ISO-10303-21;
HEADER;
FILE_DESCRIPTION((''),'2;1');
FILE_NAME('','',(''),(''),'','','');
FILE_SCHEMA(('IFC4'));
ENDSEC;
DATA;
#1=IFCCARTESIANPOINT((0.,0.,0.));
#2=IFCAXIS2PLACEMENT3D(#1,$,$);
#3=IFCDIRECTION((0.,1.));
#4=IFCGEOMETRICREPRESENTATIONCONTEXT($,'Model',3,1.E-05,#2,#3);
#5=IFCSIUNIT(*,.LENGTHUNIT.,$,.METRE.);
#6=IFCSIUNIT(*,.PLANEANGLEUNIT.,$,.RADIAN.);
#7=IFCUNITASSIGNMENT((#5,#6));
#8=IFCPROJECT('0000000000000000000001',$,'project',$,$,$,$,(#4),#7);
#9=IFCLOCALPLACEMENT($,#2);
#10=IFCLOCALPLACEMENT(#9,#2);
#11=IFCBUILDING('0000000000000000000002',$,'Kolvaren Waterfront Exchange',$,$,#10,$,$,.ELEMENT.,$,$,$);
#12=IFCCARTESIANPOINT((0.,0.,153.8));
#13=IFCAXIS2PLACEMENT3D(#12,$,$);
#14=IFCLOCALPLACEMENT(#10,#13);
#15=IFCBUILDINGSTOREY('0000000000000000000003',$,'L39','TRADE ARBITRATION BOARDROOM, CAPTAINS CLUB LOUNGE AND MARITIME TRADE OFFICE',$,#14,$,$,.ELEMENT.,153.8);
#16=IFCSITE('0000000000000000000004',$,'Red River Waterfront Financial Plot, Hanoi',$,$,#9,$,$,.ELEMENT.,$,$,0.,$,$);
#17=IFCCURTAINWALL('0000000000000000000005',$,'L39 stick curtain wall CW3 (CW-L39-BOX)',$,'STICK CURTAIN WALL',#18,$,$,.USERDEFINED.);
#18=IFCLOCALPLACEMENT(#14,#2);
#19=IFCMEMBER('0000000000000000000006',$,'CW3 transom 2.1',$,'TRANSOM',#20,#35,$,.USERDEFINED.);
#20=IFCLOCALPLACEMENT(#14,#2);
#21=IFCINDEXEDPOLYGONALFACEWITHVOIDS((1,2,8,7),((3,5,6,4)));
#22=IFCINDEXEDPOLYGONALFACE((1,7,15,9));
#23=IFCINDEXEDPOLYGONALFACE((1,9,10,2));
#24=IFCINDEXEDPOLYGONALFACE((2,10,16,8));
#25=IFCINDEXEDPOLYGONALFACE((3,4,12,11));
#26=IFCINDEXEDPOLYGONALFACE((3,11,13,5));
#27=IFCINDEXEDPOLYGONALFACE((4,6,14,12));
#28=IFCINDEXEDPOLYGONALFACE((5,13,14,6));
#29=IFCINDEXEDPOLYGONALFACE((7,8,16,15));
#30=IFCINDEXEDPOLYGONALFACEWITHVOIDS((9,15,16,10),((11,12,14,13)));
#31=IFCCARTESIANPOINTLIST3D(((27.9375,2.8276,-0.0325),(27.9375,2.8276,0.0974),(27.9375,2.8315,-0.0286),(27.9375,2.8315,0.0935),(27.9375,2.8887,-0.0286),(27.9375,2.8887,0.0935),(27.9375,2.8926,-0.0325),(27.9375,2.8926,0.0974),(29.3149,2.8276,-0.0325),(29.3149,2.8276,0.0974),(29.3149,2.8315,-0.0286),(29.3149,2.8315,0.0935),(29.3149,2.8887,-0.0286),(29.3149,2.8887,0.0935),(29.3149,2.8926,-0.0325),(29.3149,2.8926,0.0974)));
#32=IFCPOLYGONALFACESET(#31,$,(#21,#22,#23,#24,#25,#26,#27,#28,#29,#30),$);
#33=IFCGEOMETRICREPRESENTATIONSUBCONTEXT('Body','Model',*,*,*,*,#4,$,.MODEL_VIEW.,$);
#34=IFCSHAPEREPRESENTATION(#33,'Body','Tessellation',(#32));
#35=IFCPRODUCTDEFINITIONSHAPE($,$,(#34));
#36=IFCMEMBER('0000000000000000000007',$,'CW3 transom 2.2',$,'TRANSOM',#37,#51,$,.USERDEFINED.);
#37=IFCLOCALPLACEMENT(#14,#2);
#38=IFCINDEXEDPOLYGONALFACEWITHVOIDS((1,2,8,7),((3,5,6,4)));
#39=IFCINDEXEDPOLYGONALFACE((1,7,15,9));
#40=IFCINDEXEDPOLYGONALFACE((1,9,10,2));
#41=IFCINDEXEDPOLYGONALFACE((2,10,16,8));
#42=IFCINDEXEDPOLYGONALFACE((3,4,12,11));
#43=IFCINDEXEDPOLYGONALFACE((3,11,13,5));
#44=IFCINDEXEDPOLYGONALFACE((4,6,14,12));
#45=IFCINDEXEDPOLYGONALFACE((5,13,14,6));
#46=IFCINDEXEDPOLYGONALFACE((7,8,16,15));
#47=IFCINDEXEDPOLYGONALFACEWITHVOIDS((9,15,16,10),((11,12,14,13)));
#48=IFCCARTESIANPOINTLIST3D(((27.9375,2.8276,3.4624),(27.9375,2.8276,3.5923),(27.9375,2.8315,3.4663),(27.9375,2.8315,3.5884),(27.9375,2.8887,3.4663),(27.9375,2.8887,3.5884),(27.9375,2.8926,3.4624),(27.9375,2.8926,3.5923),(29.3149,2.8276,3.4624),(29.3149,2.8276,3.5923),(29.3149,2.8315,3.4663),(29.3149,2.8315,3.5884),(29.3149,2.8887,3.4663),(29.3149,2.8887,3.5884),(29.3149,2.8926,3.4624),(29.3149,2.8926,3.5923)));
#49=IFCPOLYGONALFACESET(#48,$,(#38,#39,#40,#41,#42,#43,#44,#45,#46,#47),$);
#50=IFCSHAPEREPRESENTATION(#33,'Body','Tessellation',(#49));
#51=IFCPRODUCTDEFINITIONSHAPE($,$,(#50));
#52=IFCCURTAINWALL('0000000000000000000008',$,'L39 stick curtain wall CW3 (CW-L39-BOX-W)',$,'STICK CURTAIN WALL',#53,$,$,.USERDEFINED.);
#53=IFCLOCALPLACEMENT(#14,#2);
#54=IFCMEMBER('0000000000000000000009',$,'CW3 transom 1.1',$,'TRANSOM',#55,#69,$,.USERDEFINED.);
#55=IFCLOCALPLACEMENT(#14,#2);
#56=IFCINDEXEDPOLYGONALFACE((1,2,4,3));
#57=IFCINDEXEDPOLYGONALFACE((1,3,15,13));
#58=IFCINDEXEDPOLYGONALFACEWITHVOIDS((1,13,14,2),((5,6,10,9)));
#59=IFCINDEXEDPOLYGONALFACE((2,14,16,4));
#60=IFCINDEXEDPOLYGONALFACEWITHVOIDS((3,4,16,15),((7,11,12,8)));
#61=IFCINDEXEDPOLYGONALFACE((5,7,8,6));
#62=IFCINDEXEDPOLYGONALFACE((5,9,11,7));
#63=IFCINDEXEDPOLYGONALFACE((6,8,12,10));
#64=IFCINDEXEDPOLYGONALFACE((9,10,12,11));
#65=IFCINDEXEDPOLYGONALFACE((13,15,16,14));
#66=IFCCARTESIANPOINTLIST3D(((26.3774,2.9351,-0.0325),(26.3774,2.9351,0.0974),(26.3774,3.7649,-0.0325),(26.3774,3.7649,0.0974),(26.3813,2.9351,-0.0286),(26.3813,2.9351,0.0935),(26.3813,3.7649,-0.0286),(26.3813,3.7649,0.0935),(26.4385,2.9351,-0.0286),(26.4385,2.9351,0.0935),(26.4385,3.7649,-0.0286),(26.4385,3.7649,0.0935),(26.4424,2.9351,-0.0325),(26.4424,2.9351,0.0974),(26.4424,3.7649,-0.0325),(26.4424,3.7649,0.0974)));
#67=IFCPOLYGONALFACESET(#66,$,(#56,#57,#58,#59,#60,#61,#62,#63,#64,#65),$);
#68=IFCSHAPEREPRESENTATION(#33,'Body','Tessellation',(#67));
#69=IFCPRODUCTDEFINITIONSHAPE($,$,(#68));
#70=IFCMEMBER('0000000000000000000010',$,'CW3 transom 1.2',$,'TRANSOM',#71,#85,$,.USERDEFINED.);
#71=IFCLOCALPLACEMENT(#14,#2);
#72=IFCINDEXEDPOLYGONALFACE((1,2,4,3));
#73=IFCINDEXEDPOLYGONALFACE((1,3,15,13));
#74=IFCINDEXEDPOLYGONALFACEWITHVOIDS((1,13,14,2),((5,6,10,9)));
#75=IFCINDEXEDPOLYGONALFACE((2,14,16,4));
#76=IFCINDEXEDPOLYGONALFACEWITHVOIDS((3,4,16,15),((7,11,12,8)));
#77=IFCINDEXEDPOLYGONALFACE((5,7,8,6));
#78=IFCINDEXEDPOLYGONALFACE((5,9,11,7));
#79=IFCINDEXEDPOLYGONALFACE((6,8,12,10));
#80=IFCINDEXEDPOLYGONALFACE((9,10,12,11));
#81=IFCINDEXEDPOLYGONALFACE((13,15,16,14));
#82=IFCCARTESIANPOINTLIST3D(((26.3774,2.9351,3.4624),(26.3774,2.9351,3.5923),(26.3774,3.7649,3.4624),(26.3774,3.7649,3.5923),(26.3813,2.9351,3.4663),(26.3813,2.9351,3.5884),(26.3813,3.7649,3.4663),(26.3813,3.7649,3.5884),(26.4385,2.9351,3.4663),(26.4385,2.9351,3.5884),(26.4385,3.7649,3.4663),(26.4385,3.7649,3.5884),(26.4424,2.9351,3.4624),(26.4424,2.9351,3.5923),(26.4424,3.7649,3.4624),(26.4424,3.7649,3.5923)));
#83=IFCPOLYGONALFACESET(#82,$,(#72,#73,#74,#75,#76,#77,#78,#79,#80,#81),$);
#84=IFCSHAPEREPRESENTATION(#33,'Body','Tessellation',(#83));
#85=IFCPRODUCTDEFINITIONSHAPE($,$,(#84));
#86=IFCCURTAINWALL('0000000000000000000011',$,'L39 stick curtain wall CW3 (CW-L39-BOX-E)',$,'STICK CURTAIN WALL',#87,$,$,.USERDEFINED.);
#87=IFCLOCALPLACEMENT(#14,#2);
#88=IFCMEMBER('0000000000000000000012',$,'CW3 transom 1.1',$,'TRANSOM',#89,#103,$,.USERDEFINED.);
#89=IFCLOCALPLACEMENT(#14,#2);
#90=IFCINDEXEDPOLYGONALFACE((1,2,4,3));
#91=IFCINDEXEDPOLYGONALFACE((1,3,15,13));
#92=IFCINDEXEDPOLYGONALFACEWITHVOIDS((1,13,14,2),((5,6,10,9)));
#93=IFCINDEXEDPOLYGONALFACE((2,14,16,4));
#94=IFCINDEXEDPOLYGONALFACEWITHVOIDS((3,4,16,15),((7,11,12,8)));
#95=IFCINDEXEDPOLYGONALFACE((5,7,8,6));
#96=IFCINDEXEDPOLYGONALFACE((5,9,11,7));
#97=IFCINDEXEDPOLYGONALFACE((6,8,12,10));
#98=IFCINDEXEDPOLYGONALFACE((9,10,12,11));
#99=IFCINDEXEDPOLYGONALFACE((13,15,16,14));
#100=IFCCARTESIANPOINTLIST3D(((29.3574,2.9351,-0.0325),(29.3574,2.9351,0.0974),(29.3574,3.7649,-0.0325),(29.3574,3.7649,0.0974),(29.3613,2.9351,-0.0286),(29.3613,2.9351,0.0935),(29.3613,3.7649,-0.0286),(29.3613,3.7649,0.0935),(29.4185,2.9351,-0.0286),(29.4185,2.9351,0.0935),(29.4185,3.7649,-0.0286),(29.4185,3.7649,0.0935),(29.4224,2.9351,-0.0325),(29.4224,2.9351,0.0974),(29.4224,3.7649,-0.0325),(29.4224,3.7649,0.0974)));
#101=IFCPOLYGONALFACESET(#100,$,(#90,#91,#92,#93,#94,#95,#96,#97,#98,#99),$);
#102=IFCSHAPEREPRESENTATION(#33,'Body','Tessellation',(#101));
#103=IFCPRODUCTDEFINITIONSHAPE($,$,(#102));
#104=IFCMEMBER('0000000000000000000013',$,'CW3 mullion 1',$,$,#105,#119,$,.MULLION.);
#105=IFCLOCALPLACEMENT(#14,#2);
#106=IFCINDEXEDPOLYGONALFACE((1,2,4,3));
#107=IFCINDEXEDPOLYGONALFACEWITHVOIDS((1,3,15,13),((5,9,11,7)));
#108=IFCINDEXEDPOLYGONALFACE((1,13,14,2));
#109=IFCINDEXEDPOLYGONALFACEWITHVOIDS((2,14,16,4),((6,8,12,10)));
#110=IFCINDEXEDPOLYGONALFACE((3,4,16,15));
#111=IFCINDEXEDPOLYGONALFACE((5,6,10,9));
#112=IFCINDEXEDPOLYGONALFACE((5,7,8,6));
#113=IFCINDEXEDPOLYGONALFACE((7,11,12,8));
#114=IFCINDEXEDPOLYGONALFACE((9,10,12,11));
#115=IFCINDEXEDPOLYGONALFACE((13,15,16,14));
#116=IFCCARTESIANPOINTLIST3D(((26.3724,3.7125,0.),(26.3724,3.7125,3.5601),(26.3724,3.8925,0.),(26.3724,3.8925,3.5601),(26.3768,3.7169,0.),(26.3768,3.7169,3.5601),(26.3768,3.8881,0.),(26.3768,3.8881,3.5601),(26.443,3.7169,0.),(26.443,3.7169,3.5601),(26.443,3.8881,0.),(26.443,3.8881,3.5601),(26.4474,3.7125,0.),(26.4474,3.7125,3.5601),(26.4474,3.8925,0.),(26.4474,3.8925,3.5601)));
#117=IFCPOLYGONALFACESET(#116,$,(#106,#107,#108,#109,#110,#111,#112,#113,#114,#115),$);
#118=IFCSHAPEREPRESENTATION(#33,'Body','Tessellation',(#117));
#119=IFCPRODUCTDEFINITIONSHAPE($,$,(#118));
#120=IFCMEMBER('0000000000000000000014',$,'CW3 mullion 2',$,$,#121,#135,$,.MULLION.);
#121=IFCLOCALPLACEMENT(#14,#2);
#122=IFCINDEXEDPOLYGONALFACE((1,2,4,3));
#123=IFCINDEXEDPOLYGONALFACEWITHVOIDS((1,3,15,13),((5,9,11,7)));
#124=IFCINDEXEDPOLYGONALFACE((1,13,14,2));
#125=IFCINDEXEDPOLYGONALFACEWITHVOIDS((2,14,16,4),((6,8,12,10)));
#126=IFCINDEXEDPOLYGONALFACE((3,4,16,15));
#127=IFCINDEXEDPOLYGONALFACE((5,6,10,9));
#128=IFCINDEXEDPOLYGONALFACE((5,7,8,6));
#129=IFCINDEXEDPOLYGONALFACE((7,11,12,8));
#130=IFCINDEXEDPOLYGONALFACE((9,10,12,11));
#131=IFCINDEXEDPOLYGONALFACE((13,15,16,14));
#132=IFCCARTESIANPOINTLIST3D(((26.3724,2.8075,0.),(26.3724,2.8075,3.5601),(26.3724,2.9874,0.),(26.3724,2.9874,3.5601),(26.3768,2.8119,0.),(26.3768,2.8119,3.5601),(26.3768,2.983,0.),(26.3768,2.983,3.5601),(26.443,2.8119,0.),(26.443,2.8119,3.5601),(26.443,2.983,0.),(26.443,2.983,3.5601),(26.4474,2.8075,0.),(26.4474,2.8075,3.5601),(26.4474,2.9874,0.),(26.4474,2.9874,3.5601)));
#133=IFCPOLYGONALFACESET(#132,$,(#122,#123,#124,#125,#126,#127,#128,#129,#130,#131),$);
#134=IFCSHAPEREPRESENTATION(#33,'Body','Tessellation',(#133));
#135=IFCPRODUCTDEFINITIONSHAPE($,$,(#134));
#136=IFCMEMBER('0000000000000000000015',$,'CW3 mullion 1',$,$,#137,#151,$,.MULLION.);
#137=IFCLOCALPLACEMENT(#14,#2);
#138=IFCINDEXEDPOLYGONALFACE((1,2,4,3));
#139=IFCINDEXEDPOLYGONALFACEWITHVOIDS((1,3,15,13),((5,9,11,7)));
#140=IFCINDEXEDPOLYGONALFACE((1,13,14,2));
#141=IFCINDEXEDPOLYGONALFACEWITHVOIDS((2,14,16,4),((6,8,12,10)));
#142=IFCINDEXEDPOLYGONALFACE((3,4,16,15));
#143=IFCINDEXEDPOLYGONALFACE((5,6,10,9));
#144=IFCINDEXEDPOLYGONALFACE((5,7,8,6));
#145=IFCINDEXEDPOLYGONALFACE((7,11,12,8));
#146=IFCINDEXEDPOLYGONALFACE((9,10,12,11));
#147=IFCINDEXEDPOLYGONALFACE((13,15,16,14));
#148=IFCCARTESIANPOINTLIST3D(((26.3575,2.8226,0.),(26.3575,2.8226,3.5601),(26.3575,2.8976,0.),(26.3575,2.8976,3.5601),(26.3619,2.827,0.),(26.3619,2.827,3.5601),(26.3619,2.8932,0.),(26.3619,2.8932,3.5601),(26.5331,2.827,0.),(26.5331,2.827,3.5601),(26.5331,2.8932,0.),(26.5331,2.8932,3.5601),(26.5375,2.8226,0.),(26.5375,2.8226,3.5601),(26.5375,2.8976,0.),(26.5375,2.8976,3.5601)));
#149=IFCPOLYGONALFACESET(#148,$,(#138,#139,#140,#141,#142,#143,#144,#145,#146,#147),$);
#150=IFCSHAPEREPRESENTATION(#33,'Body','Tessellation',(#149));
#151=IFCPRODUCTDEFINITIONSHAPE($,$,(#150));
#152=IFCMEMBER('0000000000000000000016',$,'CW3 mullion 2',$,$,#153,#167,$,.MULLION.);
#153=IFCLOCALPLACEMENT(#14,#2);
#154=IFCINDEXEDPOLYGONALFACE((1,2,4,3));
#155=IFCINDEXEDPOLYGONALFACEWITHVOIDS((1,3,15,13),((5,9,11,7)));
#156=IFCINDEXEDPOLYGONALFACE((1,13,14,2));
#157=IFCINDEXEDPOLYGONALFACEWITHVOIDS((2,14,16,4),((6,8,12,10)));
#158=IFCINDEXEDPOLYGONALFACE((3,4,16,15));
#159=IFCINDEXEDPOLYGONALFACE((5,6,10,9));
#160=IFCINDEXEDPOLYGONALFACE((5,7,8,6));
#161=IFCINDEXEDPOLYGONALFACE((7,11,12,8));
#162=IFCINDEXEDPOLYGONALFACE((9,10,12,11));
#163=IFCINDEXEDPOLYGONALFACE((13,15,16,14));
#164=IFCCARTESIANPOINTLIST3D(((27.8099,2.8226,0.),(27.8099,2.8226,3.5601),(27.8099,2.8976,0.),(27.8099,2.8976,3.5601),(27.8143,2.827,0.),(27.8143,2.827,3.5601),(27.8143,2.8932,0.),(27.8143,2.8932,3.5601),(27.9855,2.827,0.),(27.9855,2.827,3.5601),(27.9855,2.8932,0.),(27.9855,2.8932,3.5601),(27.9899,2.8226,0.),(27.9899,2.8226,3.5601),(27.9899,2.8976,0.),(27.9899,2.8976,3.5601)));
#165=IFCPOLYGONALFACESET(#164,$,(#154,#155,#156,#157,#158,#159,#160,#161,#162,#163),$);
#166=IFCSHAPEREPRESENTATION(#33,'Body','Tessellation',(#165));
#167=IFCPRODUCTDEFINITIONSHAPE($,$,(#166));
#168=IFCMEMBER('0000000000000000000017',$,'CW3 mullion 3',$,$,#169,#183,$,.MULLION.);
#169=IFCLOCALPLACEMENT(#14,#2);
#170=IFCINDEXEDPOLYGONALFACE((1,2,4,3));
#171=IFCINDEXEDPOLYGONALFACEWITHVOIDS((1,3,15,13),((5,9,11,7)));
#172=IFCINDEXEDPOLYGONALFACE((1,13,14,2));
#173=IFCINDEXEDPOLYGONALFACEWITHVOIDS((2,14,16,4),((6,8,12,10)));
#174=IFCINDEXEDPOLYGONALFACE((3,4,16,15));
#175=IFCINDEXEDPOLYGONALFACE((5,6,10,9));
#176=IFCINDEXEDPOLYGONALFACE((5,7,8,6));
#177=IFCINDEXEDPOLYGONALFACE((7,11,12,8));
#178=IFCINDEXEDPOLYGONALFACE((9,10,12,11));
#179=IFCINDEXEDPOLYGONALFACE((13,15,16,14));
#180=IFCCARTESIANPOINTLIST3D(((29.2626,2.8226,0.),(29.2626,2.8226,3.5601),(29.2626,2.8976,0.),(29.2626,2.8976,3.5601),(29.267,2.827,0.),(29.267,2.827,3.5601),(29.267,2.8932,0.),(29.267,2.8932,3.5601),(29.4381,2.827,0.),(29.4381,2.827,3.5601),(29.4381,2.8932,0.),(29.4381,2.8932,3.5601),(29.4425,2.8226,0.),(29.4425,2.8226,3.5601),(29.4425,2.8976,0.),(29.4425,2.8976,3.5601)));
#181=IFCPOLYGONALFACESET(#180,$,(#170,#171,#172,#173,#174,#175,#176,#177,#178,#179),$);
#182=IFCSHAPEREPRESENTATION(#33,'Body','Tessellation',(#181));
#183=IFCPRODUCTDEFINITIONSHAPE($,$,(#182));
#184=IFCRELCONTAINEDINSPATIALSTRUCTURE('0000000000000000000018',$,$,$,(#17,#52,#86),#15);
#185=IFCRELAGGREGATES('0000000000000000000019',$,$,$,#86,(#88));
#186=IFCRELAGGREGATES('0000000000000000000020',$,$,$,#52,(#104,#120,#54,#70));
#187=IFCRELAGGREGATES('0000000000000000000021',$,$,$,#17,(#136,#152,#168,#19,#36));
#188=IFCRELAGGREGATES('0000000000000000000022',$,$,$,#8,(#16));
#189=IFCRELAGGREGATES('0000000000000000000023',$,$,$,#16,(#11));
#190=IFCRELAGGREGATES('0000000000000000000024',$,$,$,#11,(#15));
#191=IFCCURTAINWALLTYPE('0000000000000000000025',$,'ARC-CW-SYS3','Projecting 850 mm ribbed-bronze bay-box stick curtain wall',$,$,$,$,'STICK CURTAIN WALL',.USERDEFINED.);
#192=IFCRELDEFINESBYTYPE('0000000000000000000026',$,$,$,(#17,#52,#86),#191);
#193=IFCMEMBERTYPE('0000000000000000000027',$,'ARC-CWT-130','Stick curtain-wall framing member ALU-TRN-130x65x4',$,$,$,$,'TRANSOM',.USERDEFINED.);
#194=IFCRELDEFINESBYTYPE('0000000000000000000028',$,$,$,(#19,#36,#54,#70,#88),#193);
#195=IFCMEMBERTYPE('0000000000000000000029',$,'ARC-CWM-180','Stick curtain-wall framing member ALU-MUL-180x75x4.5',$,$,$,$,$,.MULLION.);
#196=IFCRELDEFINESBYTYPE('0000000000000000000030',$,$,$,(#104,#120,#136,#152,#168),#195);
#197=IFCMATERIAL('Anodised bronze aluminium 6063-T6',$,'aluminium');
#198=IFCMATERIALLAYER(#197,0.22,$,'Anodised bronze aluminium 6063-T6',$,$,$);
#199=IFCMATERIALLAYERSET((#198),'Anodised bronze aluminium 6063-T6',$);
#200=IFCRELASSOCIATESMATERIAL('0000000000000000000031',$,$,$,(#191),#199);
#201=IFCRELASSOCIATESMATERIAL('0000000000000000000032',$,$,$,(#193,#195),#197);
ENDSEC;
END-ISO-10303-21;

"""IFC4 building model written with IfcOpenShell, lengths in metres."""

from ifc_helpers import new_model, si_unit, direction, frame, origin, origin_with_axes, origin_2d, place, context, subcontext, project, spatial, hollow_rectangle, extrude, source, transform, mapped, material, layer, layer_set, material_profile, profile_set, type_object, element, aggregate, save


model = new_model("IFC4")

# Units and contexts
model_context = context("Model", 3, precision=1e-05, world=origin(), true_north=direction((0.0, 1.0)))
body_context = subcontext(model_context, "Body", "Model", "MODEL_VIEW")
ifc_project = project(units=[si_unit("LENGTHUNIT", "METRE"), si_unit("PLANEANGLEUNIT", "RADIAN")], contexts=[model_context])

# Site, building, storey
site_placement = place(None, origin())
site = spatial("IfcSite", under=ifc_project, at=site_placement, Name="Red River Waterfront Financial Plot, Hanoi", CompositionType="ELEMENT", RefElevation=0.0)
building_placement = place(site_placement, origin())
building = spatial("IfcBuilding", under=site, at=building_placement, Name="Kolvaren Waterfront Exchange", CompositionType="ELEMENT")
storey_placement = place(building_placement, frame((0.0, 0.0, 153.8)))
storey = spatial("IfcBuildingStorey", under=building, at=storey_placement, Name="L39", Description="TRADE ARBITRATION BOARDROOM, CAPTAINS CLUB LOUNGE AND MARITIME TRADE OFFICE", CompositionType="ELEMENT", Elevation=153.8)

# Curtain walls, members
ifc_material_1 = material(Name="Anodised bronze aluminium 6063-T6", Category="aluminium")
ifc_layer_1 = layer(ifc_material_1, 0.22, Name="Anodised bronze aluminium 6063-T6")
ifc_layer_set_1 = layer_set([ifc_layer_1], Name="Anodised bronze aluminium 6063-T6")
curtain_wall_type_1 = type_object("IfcCurtainWallType", Name="ARC-CW-SYS3", Description="Projecting 850 mm ribbed-bronze bay-box stick curtain wall", ElementType="STICK CURTAIN WALL", PredefinedType="USERDEFINED", material=ifc_layer_set_1)
curtain_wall_1_placement = place(storey_placement, origin())
curtain_wall_1 = element("IfcCurtainWall", 1, at=curtain_wall_1_placement, inside=storey, type_object=curtain_wall_type_1, Name="L39 stick curtain wall CW3 (CW-L39-BOX)", ObjectType="STICK CURTAIN WALL", PredefinedType="USERDEFINED")
ifc_material_profile_1 = material_profile(ifc_material_1, hollow_rectangle(XDim=0.0649, YDim=0.1299, WallThickness=0.0039, at=origin_2d()), Name="ALU-TRN-130x65x4")
ifc_profile_set_1 = profile_set([ifc_material_profile_1], Name="Anodised bronze aluminium 6063-T6")
member_type_1 = type_object("IfcMemberType", Name="ARC-CWT-130", Description="Stick curtain-wall framing member ALU-TRN-130x65x4", ElementType="TRANSOM", PredefinedType="USERDEFINED", material=ifc_profile_set_1)
shared_shape_1 = source(origin_with_axes(), body_context, "Body", "SweptSolid", [
    extrude(hollow_rectangle(XDim=0.0649, YDim=0.1299, WallThickness=0.0039, at=origin_2d()), origin(), (0.0, 0.0, 1.0), 1.3774),
])
member_1_placement = place(storey_placement, frame((27.9375, 2.8601, 0.0325), z_axis=(1.0, 0.0, 0.0), x_axis=(0.0, 1.0, 0.0)))
member_1 = element("IfcMember", 2, at=member_1_placement, type_object=member_type_1, Name="CW3 transom 2.1", ObjectType="TRANSOM", PredefinedType="USERDEFINED", context=body_context, shape_type="MappedRepresentation", body=[
    mapped(shared_shape_1, transform((0.0, 0.0, 0.0), x_axis=(1.0, 0.0, 0.0), y_axis=(0.0, 1.0, 0.0), z_axis=(0.0, 0.0, 1.0), scale=1.0)),
])
member_2_placement = place(storey_placement, frame((27.9375, 2.8601, 3.5273), z_axis=(1.0, 0.0, 0.0), x_axis=(0.0, 1.0, 0.0)))
member_2 = element("IfcMember", 3, at=member_2_placement, type_object=member_type_1, Name="CW3 transom 2.2", ObjectType="TRANSOM", PredefinedType="USERDEFINED", context=body_context, shape_type="MappedRepresentation", body=[
    mapped(shared_shape_1, transform((0.0, 0.0, 0.0), x_axis=(1.0, 0.0, 0.0), y_axis=(0.0, 1.0, 0.0), z_axis=(0.0, 0.0, 1.0), scale=1.0)),
])
curtain_wall_2_placement = place(storey_placement, origin())
curtain_wall_2 = element("IfcCurtainWall", 4, at=curtain_wall_2_placement, inside=storey, type_object=curtain_wall_type_1, Name="L39 stick curtain wall CW3 (CW-L39-BOX-W)", ObjectType="STICK CURTAIN WALL", PredefinedType="USERDEFINED")
shared_shape_2 = source(origin_with_axes(), body_context, "Body", "SweptSolid", [
    extrude(hollow_rectangle(XDim=0.0649, YDim=0.1299, WallThickness=0.0039, at=origin_2d()), origin(), (0.0, 0.0, 1.0), 0.8298),
])
member_3_placement = place(storey_placement, frame((26.4099, 3.7649, 0.0325), z_axis=(0.0, -1.0, 0.0), x_axis=(1.0, 0.0, 0.0)))
member_3 = element("IfcMember", 5, at=member_3_placement, type_object=member_type_1, Name="CW3 transom 1.1", ObjectType="TRANSOM", PredefinedType="USERDEFINED", context=body_context, shape_type="MappedRepresentation", body=[
    mapped(shared_shape_2, transform((0.0, 0.0, 0.0), x_axis=(1.0, 0.0, 0.0), y_axis=(0.0, 1.0, 0.0), z_axis=(0.0, 0.0, 1.0), scale=1.0)),
])
member_4_placement = place(storey_placement, frame((26.4099, 3.7649, 3.5273), z_axis=(0.0, -1.0, 0.0), x_axis=(1.0, 0.0, 0.0)))
member_4 = element("IfcMember", 6, at=member_4_placement, type_object=member_type_1, Name="CW3 transom 1.2", ObjectType="TRANSOM", PredefinedType="USERDEFINED", context=body_context, shape_type="MappedRepresentation", body=[
    mapped(shared_shape_2, transform((0.0, 0.0, 0.0), x_axis=(1.0, 0.0, 0.0), y_axis=(0.0, 1.0, 0.0), z_axis=(0.0, 0.0, 1.0), scale=1.0)),
])

# Curtain wall, member
curtain_wall_3_placement = place(storey_placement, origin())
curtain_wall_3 = element("IfcCurtainWall", 7, at=curtain_wall_3_placement, inside=storey, type_object=curtain_wall_type_1, Name="L39 stick curtain wall CW3 (CW-L39-BOX-E)", ObjectType="STICK CURTAIN WALL", PredefinedType="USERDEFINED")
member_5_placement = place(storey_placement, frame((29.3899, 2.9351, 0.0325), z_axis=(0.0, 1.0, 0.0), x_axis=(-1.0, 0.0, 0.0)))
member_5 = element("IfcMember", 8, at=member_5_placement, type_object=member_type_1, Name="CW3 transom 1.1", ObjectType="TRANSOM", PredefinedType="USERDEFINED", context=body_context, shape_type="MappedRepresentation", body=[
    mapped(shared_shape_2, transform((0.0, 0.0, 0.0), x_axis=(1.0, 0.0, 0.0), y_axis=(0.0, 1.0, 0.0), z_axis=(0.0, 0.0, 1.0), scale=1.0)),
])

# Members
ifc_material_profile_2 = material_profile(ifc_material_1, hollow_rectangle(XDim=0.075, YDim=0.1799, WallThickness=0.0044, at=origin_2d()), Name="ALU-MUL-180x75x4.5")
ifc_profile_set_2 = profile_set([ifc_material_profile_2], Name="Anodised bronze aluminium 6063-T6")
member_type_2 = type_object("IfcMemberType", Name="ARC-CWM-180", Description="Stick curtain-wall framing member ALU-MUL-180x75x4.5", PredefinedType="MULLION", material=ifc_profile_set_2)
shared_shape_3 = source(origin_with_axes(), body_context, "Body", "SweptSolid", [
    extrude(hollow_rectangle(XDim=0.075, YDim=0.1799, WallThickness=0.0044, at=origin_2d()), origin(), (0.0, 0.0, 1.0), 3.5601),
])
member_6_placement = place(storey_placement, frame((26.4099, 3.8025, 0.0), z_axis=(0.0, 0.0, 1.0), x_axis=(1.0, 0.0, 0.0)))
member_6 = element("IfcMember", 9, at=member_6_placement, type_object=member_type_2, Name="CW3 mullion 1", PredefinedType="MULLION", context=body_context, shape_type="MappedRepresentation", body=[
    mapped(shared_shape_3, transform((0.0, 0.0, 0.0), x_axis=(1.0, 0.0, 0.0), y_axis=(0.0, 1.0, 0.0), z_axis=(0.0, 0.0, 1.0), scale=1.0)),
])
member_7_placement = place(storey_placement, frame((26.4099, 2.8975, 0.0), z_axis=(0.0, 0.0, 1.0), x_axis=(1.0, 0.0, 0.0)))
member_7 = element("IfcMember", 10, at=member_7_placement, type_object=member_type_2, Name="CW3 mullion 2", PredefinedType="MULLION", context=body_context, shape_type="MappedRepresentation", body=[
    mapped(shared_shape_3, transform((0.0, 0.0, 0.0), x_axis=(1.0, 0.0, 0.0), y_axis=(0.0, 1.0, 0.0), z_axis=(0.0, 0.0, 1.0), scale=1.0)),
])
member_8_placement = place(storey_placement, frame((26.4475, 2.8601, 0.0), z_axis=(0.0, 0.0, 1.0), x_axis=(0.0, 1.0, 0.0)))
member_8 = element("IfcMember", 11, at=member_8_placement, type_object=member_type_2, Name="CW3 mullion 1", PredefinedType="MULLION", context=body_context, shape_type="MappedRepresentation", body=[
    mapped(shared_shape_3, transform((0.0, 0.0, 0.0), x_axis=(1.0, 0.0, 0.0), y_axis=(0.0, 1.0, 0.0), z_axis=(0.0, 0.0, 1.0), scale=1.0)),
])
member_9_placement = place(storey_placement, frame((27.8999, 2.8601, 0.0), z_axis=(0.0, 0.0, 1.0), x_axis=(0.0, 1.0, 0.0)))
member_9 = element("IfcMember", 12, at=member_9_placement, type_object=member_type_2, Name="CW3 mullion 2", PredefinedType="MULLION", context=body_context, shape_type="MappedRepresentation", body=[
    mapped(shared_shape_3, transform((0.0, 0.0, 0.0), x_axis=(1.0, 0.0, 0.0), y_axis=(0.0, 1.0, 0.0), z_axis=(0.0, 0.0, 1.0), scale=1.0)),
])
member_10_placement = place(storey_placement, frame((29.3525, 2.8601, 0.0), z_axis=(0.0, 0.0, 1.0), x_axis=(0.0, 1.0, 0.0)))
member_10 = element("IfcMember", 13, at=member_10_placement, type_object=member_type_2, Name="CW3 mullion 3", PredefinedType="MULLION", context=body_context, shape_type="MappedRepresentation", body=[
    mapped(shared_shape_3, transform((0.0, 0.0, 0.0), x_axis=(1.0, 0.0, 0.0), y_axis=(0.0, 1.0, 0.0), z_axis=(0.0, 0.0, 1.0), scale=1.0)),
])
aggregate(curtain_wall_3, [member_5])

aggregate(curtain_wall_2, [member_6, member_7, member_3, member_4])
aggregate(curtain_wall_1, [member_8, member_9, member_10, member_1, member_2])

save(model, "model.ifc")
